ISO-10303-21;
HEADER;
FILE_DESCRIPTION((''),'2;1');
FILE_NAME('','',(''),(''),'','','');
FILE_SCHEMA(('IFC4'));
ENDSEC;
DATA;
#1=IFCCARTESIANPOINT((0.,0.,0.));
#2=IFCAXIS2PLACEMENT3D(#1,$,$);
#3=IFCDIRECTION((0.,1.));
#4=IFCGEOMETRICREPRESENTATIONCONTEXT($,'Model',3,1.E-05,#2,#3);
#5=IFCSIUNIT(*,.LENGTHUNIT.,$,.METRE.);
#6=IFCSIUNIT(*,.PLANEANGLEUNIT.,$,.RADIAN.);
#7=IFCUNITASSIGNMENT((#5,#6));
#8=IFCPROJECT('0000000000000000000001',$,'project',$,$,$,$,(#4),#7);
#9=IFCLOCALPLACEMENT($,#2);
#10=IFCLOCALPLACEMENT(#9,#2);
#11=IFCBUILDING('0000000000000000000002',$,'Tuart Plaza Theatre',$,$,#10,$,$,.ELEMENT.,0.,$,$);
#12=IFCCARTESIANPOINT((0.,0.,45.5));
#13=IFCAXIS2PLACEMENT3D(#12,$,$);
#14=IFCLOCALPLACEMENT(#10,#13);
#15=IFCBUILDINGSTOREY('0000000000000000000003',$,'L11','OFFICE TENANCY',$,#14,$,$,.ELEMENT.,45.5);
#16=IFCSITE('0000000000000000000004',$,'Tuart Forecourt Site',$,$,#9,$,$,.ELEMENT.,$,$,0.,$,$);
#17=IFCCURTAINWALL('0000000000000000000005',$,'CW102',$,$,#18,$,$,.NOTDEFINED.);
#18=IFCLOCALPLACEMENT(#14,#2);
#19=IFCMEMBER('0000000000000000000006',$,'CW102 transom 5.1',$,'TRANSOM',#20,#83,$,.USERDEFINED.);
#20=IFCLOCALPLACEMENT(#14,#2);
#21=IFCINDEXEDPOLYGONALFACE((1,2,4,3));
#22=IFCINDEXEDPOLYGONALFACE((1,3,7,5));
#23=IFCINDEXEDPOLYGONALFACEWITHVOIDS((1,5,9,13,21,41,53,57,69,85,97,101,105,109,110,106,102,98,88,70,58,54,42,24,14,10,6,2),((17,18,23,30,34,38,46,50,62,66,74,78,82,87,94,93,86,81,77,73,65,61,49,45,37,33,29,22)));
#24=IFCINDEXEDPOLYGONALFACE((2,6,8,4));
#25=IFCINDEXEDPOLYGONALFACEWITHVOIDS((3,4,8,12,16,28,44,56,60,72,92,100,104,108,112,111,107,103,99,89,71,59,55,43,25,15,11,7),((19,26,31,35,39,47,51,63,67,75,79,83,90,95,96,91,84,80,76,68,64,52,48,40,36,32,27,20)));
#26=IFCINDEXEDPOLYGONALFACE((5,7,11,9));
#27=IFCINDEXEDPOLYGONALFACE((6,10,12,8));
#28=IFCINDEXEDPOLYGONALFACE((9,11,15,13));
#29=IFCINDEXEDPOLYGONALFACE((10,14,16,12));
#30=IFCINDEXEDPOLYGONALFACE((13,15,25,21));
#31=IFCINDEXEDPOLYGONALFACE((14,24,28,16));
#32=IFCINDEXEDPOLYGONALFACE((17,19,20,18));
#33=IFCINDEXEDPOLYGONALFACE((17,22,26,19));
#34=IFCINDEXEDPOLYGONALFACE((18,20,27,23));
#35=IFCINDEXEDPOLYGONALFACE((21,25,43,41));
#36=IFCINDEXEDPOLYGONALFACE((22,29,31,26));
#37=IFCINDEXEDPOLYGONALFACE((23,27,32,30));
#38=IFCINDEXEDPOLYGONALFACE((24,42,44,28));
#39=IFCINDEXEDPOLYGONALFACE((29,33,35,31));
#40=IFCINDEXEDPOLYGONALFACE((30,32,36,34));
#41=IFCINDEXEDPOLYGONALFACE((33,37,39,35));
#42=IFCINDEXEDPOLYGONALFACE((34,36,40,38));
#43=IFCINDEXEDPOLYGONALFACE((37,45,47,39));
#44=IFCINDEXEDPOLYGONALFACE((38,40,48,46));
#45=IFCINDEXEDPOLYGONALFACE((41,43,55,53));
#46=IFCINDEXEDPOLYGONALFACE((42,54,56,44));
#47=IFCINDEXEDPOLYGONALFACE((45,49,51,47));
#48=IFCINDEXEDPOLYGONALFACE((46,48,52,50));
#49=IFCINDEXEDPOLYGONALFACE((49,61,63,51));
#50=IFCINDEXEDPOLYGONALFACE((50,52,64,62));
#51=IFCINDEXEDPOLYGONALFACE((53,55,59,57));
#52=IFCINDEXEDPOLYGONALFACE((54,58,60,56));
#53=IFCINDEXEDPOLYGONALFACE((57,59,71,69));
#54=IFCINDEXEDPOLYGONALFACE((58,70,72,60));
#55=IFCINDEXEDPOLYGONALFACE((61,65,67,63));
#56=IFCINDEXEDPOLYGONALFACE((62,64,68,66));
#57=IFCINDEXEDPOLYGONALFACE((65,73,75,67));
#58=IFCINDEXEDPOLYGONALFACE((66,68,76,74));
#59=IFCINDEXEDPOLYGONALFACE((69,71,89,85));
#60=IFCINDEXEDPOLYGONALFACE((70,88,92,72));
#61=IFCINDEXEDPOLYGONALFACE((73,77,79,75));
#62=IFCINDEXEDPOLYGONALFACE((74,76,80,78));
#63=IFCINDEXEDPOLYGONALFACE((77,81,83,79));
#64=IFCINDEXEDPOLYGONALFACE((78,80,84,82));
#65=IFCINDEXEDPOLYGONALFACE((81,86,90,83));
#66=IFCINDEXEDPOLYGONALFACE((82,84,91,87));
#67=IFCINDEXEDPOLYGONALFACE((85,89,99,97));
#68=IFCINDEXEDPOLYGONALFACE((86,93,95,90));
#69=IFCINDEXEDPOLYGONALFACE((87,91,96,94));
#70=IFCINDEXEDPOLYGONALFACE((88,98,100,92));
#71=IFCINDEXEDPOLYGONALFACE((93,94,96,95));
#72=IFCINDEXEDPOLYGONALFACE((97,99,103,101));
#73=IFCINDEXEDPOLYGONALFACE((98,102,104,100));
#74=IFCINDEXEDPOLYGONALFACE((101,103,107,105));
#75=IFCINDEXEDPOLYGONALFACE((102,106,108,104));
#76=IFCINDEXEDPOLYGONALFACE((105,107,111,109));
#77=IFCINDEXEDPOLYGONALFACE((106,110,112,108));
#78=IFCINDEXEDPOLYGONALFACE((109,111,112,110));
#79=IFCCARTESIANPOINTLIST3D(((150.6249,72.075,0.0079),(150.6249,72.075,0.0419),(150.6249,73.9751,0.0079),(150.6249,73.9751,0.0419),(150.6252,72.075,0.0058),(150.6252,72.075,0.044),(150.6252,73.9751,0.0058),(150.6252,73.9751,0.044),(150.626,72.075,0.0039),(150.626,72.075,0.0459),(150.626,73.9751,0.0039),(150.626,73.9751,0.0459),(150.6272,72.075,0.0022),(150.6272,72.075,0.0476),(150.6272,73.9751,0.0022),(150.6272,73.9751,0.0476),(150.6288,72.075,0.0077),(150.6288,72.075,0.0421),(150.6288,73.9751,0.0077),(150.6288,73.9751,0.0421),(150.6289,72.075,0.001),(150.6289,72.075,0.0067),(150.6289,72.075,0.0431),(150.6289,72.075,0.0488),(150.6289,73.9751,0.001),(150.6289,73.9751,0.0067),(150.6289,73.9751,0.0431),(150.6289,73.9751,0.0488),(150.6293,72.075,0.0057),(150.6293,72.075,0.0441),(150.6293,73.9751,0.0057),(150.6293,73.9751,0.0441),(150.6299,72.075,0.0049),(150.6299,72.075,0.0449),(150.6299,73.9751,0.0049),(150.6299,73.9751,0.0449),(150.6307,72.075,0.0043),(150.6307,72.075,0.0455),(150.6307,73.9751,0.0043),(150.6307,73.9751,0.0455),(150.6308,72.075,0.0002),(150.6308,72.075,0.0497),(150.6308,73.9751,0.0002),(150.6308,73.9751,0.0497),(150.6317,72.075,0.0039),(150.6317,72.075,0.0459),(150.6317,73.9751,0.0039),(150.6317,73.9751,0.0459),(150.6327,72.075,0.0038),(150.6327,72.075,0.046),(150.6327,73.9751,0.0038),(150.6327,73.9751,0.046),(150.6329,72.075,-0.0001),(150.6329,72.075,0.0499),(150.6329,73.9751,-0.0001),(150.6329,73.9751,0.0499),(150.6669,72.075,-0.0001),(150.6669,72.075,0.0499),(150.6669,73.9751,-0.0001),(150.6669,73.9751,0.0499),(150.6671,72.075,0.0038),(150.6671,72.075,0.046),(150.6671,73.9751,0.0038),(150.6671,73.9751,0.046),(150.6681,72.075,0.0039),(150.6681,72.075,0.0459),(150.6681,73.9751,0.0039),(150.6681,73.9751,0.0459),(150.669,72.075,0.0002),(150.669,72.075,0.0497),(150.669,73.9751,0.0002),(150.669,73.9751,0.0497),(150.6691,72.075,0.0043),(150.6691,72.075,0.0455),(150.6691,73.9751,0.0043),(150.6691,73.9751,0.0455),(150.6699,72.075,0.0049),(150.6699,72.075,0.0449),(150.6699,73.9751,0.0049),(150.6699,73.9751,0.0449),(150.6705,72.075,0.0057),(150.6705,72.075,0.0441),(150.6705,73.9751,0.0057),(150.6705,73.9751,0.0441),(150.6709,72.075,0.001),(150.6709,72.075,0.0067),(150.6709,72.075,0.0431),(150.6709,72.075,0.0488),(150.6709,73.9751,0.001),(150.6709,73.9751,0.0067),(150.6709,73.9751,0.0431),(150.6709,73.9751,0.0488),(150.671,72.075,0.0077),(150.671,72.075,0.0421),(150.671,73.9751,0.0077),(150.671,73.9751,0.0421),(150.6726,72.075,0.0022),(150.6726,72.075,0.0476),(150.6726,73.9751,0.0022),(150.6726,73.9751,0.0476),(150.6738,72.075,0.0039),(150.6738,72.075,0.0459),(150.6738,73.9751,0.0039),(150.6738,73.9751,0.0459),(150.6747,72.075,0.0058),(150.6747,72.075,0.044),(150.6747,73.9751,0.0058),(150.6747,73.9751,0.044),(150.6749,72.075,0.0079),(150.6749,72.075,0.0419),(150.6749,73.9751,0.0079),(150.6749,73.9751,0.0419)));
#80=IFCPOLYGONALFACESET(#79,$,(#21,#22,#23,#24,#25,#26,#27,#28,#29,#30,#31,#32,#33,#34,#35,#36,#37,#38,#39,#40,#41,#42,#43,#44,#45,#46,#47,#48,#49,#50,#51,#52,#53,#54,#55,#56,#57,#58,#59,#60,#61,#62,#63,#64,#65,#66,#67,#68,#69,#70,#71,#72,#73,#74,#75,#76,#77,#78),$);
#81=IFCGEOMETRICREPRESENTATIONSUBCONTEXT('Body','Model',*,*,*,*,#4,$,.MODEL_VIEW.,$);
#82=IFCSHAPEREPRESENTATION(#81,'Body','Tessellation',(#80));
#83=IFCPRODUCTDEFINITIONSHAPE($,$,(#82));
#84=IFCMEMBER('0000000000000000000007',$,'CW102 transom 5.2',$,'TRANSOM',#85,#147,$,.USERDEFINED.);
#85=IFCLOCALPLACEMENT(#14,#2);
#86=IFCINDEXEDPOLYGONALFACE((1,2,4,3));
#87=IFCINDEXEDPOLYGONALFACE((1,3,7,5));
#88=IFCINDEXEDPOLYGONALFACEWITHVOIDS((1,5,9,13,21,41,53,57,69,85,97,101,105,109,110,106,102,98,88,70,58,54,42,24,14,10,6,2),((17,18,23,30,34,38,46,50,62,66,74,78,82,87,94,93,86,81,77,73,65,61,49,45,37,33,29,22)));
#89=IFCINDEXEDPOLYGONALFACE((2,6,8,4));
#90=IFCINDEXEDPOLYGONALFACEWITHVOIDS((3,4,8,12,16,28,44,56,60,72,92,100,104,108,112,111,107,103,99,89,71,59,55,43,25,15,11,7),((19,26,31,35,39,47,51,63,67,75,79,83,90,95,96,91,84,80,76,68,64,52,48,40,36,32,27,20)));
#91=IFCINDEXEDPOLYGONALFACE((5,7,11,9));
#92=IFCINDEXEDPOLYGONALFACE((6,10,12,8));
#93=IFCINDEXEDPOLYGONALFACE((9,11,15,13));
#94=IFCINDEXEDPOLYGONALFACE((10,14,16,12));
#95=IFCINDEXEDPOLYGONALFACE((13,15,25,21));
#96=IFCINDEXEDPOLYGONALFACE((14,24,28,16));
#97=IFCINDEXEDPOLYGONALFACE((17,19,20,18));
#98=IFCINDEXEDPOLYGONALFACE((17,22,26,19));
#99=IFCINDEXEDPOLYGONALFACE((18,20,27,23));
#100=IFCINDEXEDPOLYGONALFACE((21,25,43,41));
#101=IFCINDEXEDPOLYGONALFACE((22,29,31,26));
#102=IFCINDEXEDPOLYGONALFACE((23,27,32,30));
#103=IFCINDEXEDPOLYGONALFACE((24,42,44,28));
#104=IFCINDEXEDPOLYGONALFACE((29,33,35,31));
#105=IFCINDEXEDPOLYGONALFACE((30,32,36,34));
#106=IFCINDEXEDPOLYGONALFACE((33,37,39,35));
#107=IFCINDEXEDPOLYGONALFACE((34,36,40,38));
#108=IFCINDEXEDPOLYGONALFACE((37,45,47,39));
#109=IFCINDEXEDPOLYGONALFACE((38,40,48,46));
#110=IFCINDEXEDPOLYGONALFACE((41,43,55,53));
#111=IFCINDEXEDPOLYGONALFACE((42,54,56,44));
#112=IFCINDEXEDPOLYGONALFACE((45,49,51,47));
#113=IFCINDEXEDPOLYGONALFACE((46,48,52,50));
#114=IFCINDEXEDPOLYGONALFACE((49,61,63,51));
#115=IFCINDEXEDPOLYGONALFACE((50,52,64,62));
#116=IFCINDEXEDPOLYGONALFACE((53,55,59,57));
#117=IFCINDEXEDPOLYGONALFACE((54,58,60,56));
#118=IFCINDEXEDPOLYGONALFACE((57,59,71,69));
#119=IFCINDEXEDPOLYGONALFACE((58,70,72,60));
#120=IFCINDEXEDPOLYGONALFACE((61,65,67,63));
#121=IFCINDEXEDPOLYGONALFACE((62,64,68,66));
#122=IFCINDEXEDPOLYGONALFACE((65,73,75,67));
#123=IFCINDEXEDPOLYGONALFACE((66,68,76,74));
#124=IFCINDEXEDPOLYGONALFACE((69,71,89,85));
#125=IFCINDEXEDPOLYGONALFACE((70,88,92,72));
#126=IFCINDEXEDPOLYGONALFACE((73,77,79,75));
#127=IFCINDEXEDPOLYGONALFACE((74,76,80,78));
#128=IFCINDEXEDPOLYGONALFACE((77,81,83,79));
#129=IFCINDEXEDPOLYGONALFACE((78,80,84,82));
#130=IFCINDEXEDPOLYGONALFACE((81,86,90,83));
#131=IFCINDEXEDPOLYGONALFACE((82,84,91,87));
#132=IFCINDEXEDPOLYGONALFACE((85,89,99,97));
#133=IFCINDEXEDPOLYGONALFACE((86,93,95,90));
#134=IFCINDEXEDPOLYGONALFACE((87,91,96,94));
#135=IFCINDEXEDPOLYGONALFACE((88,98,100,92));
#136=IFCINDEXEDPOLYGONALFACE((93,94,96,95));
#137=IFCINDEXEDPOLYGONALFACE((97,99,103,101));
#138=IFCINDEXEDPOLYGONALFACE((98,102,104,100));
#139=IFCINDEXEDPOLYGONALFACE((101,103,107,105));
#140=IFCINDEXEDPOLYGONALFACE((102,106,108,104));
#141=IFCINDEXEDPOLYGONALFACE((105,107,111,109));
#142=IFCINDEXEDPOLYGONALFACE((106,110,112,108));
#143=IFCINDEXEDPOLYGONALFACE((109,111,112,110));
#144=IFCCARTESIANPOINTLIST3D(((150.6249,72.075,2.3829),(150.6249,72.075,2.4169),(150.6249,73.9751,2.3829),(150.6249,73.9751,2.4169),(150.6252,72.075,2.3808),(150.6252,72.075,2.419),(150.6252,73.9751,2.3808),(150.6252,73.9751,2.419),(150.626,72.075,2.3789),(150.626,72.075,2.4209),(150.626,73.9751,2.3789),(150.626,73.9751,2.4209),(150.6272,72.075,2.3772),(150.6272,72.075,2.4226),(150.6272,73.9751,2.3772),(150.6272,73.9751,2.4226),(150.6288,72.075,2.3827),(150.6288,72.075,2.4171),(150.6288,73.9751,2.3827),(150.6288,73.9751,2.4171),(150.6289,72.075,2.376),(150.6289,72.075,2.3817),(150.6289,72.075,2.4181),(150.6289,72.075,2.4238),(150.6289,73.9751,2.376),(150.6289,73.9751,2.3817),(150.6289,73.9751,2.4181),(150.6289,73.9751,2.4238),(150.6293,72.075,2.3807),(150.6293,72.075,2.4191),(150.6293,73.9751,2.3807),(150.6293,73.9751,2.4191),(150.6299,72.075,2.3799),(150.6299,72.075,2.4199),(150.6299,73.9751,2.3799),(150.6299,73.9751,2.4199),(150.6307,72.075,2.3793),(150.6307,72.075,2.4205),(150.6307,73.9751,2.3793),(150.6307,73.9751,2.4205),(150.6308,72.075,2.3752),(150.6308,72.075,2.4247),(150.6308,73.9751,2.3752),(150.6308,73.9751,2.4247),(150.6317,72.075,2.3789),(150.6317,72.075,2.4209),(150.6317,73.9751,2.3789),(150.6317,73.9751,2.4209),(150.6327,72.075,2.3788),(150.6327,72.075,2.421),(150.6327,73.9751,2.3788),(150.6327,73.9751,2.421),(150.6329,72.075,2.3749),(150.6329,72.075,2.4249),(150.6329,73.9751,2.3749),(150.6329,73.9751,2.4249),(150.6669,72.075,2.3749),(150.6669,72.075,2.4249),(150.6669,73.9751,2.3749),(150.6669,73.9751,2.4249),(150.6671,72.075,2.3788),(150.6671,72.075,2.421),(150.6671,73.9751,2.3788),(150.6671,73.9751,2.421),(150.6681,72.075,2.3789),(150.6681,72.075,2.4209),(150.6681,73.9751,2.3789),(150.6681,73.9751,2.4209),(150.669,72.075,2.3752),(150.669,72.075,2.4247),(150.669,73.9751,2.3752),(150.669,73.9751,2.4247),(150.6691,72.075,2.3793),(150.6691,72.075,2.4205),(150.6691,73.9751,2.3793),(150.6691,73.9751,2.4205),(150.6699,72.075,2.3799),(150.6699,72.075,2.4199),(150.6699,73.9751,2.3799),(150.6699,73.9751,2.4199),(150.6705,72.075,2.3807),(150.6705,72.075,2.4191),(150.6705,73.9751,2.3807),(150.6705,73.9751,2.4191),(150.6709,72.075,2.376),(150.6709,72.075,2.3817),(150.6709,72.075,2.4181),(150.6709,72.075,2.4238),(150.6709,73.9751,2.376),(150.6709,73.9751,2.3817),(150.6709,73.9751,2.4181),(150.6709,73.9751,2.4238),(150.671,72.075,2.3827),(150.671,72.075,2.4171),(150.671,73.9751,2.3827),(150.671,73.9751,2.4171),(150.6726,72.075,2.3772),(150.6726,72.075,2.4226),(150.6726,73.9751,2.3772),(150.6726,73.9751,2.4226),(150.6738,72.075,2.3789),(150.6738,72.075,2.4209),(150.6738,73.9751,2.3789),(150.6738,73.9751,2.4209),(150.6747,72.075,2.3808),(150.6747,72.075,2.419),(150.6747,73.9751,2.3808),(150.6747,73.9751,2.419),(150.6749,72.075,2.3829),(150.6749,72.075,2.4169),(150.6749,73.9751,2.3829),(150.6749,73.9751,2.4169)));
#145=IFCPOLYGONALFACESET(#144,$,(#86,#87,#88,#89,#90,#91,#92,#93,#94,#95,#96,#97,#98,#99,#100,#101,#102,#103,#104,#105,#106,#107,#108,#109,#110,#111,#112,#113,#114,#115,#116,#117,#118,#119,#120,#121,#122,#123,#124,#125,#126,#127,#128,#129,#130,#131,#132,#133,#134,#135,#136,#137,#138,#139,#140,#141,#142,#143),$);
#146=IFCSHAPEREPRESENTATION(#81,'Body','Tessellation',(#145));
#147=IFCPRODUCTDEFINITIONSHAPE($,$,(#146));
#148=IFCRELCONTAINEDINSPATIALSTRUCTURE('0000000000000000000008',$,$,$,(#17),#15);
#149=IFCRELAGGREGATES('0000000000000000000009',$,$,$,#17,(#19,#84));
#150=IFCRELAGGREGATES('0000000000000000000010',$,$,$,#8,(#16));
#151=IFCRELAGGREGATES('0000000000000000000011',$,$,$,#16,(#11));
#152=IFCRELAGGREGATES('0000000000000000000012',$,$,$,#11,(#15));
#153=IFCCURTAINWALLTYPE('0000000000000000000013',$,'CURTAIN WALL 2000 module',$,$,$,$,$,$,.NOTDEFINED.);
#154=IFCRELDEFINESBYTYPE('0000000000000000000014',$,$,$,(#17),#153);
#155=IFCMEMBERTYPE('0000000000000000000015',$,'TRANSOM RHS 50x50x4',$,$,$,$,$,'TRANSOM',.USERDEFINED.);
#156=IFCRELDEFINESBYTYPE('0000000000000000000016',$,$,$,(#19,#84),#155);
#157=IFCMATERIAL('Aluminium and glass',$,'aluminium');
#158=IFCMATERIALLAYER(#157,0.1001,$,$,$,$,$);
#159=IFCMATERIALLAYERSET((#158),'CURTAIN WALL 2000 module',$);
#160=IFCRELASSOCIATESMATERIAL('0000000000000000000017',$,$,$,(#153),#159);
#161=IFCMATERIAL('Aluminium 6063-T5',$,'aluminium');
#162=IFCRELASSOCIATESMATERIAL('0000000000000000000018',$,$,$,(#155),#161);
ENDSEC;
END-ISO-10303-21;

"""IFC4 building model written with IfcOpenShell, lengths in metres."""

from ifc_helpers import new_model, si_unit, direction, frame, origin, origin_2d, place, context, subcontext, project, spatial, hollow_rectangle, extrude, material, layer, layer_set, material_profile, profile_set, type_object, element, aggregate, save


model = new_model("IFC4")

# Units and contexts
model_context = context("Model", 3, precision=1e-05, world=origin(), true_north=direction((0.0, 1.0)))
body_context = subcontext(model_context, "Body", "Model", "MODEL_VIEW")
ifc_project = project(units=[si_unit("LENGTHUNIT", "METRE"), si_unit("PLANEANGLEUNIT", "RADIAN")], contexts=[model_context])

# Site, building, storey
site_placement = place(None, origin())
site = spatial("IfcSite", under=ifc_project, at=site_placement, Name="Tuart Forecourt Site", CompositionType="ELEMENT", RefElevation=0.0)
building_placement = place(site_placement, origin())
building = spatial("IfcBuilding", under=site, at=building_placement, Name="Tuart Plaza Theatre", CompositionType="ELEMENT", ElevationOfRefHeight=0.0)
storey_placement = place(building_placement, frame((0.0, 0.0, 45.5)))
storey = spatial("IfcBuildingStorey", under=building, at=storey_placement, Name="L11", Description="OFFICE TENANCY", CompositionType="ELEMENT", Elevation=45.5)

# Shared definitions
ifc_material_1 = material(Name="Aluminium and glass", Category="aluminium")
ifc_layer_1 = layer(ifc_material_1, 0.1001)
ifc_layer_set_1 = layer_set([ifc_layer_1], Name="CURTAIN WALL 2000 module")
curtain_wall_type = type_object("IfcCurtainWallType", Name="CURTAIN WALL 2000 module", PredefinedType="NOTDEFINED", material=ifc_layer_set_1)

# Curtain wall
curtain_wall_1_placement = place(storey_placement, origin())
curtain_wall_1 = element("IfcCurtainWall", 1, at=curtain_wall_1_placement, inside=storey, type_object=curtain_wall_type, Name="CW102", PredefinedType="NOTDEFINED")

# Members
ifc_material_2 = material(Name="Aluminium 6063-T5", Category="aluminium")
ifc_material_profile_1 = material_profile(ifc_material_2, hollow_rectangle(XDim=0.05, YDim=0.05, WallThickness=0.0039, InnerFilletRadius=0.0039, OuterFilletRadius=0.0081, at=origin_2d()), Name="RHS 50x50x4")
ifc_profile_set_1 = profile_set([ifc_material_profile_1], Name="Aluminium 6063-T5")
member_type_1 = type_object("IfcMemberType", Name="TRANSOM RHS 50x50x4", ElementType="TRANSOM", PredefinedType="USERDEFINED", material=ifc_profile_set_1)
member_1_placement = place(storey_placement, frame((150.6499, 72.075, 0.0249), z_axis=(0.0, 1.0, 0.0), x_axis=(-1.0, 0.0, 0.0)))
member_1 = element("IfcMember", 2, at=member_1_placement, type_object=member_type_1, Name="CW102 transom 5.1", ObjectType="TRANSOM", PredefinedType="USERDEFINED", context=body_context, shape_type="SweptSolid", body=[
    extrude(hollow_rectangle(XDim=0.05, YDim=0.05, WallThickness=0.0039, InnerFilletRadius=0.0039, OuterFilletRadius=0.0081, at=origin_2d()), origin(), (0.0, 0.0, 1.0), 1.9001),
])
member_2_placement = place(storey_placement, frame((150.6499, 72.075, 2.3999), z_axis=(0.0, 1.0, 0.0), x_axis=(-1.0, 0.0, 0.0)))
member_2 = element("IfcMember", 3, at=member_2_placement, type_object=member_type_1, Name="CW102 transom 5.2", ObjectType="TRANSOM", PredefinedType="USERDEFINED", context=body_context, shape_type="SweptSolid", body=[
    extrude(hollow_rectangle(XDim=0.05, YDim=0.05, WallThickness=0.0039, InnerFilletRadius=0.0039, OuterFilletRadius=0.0081, at=origin_2d()), origin(), (0.0, 0.0, 1.0), 1.9001),
])

aggregate(curtain_wall_1, [member_1, member_2])

save(model, "model.ifc")
